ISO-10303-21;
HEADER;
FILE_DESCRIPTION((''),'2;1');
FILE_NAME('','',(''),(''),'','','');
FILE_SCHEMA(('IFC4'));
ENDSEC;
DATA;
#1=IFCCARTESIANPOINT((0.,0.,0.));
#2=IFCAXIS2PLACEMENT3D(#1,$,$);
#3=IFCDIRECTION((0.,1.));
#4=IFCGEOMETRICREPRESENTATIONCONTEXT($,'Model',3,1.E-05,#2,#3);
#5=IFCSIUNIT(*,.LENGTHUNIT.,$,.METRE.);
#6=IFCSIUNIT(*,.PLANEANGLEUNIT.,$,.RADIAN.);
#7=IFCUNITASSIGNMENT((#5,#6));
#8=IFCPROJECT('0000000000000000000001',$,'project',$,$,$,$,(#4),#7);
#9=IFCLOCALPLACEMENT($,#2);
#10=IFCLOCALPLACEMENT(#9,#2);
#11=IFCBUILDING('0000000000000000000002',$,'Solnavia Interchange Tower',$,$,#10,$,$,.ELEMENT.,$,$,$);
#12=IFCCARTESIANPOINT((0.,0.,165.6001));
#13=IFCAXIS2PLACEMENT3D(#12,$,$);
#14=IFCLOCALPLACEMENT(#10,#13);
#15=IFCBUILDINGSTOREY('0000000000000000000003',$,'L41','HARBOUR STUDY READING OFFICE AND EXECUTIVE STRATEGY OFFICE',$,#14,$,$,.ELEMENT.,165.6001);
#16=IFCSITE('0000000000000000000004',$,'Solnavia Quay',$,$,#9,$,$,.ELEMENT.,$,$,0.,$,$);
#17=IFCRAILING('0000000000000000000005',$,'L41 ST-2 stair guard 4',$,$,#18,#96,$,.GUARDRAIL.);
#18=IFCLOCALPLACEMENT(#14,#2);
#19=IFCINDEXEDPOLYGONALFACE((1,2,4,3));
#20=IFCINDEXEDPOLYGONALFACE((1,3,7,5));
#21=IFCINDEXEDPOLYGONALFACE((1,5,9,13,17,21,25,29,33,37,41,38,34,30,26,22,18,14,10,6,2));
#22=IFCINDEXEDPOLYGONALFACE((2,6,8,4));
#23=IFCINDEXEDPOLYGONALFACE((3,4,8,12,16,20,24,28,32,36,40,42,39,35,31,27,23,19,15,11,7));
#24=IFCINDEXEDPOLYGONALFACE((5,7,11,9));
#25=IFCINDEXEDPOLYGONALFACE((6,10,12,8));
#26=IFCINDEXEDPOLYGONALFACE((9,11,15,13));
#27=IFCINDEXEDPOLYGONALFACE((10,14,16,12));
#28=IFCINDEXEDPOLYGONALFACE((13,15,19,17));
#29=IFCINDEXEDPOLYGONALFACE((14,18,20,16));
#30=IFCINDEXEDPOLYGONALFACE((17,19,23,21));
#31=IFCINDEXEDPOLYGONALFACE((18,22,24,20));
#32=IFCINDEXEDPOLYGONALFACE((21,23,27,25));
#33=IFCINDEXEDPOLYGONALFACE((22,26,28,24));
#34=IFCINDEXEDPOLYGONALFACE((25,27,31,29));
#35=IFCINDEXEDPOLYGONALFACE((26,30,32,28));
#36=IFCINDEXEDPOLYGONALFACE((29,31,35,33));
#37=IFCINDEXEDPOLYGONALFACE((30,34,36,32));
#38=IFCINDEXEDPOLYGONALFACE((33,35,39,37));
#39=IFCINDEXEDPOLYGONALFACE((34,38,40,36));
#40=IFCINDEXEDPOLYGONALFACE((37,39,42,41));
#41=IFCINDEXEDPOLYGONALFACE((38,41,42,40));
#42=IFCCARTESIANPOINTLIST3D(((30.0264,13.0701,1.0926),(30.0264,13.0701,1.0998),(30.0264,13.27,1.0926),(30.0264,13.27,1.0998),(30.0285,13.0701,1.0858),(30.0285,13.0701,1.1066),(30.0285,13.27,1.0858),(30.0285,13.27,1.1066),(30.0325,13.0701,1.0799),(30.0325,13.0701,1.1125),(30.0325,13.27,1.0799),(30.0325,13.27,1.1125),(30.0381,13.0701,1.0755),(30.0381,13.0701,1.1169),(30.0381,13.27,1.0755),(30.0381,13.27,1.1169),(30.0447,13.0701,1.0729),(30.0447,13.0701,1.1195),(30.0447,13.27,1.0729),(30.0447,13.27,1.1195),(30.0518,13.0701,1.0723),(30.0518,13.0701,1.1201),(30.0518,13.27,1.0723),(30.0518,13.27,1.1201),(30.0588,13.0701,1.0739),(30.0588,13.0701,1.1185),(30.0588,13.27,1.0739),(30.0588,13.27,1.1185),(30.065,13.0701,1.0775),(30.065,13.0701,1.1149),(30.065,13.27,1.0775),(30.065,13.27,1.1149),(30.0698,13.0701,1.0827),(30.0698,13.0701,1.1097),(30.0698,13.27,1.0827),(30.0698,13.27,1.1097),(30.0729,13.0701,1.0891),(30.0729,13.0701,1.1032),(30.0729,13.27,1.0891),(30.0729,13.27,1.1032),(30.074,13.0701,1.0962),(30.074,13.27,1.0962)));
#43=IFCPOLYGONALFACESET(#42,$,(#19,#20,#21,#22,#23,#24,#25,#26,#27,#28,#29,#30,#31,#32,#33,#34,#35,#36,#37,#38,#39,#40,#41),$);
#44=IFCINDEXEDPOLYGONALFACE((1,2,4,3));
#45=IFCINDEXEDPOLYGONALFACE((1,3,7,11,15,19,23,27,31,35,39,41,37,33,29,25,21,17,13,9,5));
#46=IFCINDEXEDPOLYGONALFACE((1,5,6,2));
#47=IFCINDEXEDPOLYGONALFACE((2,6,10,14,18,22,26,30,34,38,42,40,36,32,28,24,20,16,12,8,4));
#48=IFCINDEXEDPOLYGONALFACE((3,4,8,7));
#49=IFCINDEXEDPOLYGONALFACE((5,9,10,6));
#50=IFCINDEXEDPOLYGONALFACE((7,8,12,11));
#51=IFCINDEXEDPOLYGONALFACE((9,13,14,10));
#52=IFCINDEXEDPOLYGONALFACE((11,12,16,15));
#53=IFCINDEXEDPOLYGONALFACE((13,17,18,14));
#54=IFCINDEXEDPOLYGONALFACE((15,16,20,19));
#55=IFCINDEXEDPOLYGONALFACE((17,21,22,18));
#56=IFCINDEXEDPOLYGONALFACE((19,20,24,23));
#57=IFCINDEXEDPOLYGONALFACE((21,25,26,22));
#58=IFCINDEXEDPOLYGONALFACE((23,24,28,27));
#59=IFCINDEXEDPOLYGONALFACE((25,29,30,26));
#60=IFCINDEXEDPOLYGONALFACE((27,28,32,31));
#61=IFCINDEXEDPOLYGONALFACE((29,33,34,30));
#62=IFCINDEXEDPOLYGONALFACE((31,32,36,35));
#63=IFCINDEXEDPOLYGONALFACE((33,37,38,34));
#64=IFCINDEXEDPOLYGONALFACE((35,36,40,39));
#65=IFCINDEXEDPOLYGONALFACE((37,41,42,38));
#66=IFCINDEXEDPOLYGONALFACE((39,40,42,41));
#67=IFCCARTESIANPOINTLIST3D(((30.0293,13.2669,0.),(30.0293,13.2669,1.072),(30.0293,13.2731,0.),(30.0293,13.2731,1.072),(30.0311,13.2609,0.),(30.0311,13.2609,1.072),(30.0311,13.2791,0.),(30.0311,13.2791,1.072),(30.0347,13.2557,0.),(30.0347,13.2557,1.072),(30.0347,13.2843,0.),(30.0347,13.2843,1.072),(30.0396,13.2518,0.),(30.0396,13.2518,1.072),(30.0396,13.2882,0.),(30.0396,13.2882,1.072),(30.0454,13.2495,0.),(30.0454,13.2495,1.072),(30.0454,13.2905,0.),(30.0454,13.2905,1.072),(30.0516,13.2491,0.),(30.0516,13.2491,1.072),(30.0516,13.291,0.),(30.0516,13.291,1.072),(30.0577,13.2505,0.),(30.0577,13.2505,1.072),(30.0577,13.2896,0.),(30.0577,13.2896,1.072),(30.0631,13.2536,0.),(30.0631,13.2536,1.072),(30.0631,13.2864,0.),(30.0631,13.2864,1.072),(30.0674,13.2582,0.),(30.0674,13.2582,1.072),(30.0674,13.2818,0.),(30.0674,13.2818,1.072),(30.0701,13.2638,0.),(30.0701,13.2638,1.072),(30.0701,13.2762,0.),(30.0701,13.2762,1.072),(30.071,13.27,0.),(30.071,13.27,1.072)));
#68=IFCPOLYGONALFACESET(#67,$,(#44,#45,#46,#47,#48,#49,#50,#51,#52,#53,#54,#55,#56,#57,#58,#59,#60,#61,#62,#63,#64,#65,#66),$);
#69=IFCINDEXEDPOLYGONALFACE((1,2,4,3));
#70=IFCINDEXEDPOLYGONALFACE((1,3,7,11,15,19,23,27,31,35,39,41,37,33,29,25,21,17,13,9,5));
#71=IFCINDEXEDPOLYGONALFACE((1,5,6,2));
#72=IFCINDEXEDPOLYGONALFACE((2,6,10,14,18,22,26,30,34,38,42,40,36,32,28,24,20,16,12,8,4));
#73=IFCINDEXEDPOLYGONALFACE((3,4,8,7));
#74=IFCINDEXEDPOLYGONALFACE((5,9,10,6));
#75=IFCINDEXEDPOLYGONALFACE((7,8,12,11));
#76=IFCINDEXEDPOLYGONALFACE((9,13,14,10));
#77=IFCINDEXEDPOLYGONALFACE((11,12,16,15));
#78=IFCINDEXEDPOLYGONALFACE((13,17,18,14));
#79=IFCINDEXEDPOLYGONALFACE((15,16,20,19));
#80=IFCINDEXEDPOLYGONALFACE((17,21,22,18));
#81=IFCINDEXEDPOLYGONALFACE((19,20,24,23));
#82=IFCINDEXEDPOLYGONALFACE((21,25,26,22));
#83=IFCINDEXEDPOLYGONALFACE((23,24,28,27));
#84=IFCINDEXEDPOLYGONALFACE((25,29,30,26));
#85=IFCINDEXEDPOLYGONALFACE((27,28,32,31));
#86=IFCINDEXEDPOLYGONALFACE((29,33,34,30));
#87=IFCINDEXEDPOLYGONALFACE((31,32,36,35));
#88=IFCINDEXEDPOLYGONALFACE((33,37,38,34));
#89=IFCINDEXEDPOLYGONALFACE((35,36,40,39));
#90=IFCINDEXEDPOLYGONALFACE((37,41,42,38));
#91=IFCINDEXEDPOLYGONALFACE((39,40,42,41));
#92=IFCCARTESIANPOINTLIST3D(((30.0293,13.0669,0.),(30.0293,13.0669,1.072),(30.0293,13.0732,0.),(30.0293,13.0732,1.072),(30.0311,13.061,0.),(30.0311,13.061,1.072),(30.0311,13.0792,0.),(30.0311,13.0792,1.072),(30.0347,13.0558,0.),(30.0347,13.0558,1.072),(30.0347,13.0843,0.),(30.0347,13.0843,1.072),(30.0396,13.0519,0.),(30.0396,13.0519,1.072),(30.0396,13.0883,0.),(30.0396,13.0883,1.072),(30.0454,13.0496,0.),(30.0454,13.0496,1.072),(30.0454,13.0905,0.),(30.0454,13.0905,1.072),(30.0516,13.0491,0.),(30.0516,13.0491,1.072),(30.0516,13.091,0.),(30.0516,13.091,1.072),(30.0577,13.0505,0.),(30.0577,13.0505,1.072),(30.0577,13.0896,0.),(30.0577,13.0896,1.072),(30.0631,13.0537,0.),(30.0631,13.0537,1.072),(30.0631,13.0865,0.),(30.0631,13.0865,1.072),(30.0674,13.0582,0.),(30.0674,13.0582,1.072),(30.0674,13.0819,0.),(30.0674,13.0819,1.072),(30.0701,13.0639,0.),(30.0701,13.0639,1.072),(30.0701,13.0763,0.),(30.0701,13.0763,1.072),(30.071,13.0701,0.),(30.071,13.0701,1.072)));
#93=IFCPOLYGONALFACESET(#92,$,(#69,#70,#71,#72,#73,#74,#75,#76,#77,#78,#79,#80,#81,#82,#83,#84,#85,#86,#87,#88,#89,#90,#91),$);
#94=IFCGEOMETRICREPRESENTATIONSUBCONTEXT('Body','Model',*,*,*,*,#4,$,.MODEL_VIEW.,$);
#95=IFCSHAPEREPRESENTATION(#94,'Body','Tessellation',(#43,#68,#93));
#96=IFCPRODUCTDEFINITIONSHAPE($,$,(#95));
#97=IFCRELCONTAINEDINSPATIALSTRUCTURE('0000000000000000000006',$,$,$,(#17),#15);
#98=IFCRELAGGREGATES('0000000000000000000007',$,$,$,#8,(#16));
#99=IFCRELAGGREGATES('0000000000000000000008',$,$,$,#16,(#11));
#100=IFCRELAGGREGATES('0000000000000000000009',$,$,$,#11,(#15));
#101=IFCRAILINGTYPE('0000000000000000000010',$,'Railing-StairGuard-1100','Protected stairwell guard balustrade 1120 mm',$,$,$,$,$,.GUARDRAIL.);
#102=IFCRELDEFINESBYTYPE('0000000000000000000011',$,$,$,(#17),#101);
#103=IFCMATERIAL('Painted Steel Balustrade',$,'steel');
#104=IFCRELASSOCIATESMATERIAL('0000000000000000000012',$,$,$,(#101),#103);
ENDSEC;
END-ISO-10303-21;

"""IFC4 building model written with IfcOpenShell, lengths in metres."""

from ifc_helpers import new_model, si_unit, direction, frame, origin, origin_2d, place, context, subcontext, project, spatial, circle, extrude, material, type_object, element, save


model = new_model("IFC4")

# Units and contexts
model_context = context("Model", 3, precision=1e-05, world=origin(), true_north=direction((0.0, 1.0)))
body_context = subcontext(model_context, "Body", "Model", "MODEL_VIEW")
ifc_project = project(units=[si_unit("LENGTHUNIT", "METRE"), si_unit("PLANEANGLEUNIT", "RADIAN")], contexts=[model_context])

# Site, building, storey
site_placement = place(None, origin())
site = spatial("IfcSite", under=ifc_project, at=site_placement, Name="Solnavia Quay", CompositionType="ELEMENT", RefElevation=0.0)
building_placement = place(site_placement, origin())
building = spatial("IfcBuilding", under=site, at=building_placement, Name="Solnavia Interchange Tower", CompositionType="ELEMENT")
storey_placement = place(building_placement, frame((0.0, 0.0, 165.6001)))
storey = spatial("IfcBuildingStorey", under=building, at=storey_placement, Name="L41", Description="HARBOUR STUDY READING OFFICE AND EXECUTIVE STRATEGY OFFICE", CompositionType="ELEMENT", Elevation=165.6001)

# Railing
ifc_material_1 = material(Name="Painted Steel Balustrade", Category="steel")
railing_type_1 = type_object("IfcRailingType", Name="Railing-StairGuard-1100", Description="Protected stairwell guard balustrade 1120 mm", PredefinedType="GUARDRAIL", material=ifc_material_1)
railing_1_placement = place(storey_placement, frame((30.05, 13.27, 0.0)))
element("IfcRailing", 1, at=railing_1_placement, inside=storey, type_object=railing_type_1, Name="L41 ST-2 stair guard 4", PredefinedType="GUARDRAIL", context=body_context, shape_type="SweptSolid", body=[
    extrude(circle(Radius=0.0239, at=origin_2d()), frame((0.0, 0.0, 1.0962), z_axis=(0.0, -1.0, 0.0), x_axis=(1.0, 0.0, 0.0)), (0.0, 0.0, 1.0), 0.2),
    extrude(circle(Radius=0.021, at=origin_2d()), origin(), (0.0, 0.0, 1.0), 1.072),
    extrude(circle(Radius=0.021, at=origin_2d()), frame((0.0, -0.2, 0.0)), (0.0, 0.0, 1.0), 1.072),
])

save(model, "model.ifc")
